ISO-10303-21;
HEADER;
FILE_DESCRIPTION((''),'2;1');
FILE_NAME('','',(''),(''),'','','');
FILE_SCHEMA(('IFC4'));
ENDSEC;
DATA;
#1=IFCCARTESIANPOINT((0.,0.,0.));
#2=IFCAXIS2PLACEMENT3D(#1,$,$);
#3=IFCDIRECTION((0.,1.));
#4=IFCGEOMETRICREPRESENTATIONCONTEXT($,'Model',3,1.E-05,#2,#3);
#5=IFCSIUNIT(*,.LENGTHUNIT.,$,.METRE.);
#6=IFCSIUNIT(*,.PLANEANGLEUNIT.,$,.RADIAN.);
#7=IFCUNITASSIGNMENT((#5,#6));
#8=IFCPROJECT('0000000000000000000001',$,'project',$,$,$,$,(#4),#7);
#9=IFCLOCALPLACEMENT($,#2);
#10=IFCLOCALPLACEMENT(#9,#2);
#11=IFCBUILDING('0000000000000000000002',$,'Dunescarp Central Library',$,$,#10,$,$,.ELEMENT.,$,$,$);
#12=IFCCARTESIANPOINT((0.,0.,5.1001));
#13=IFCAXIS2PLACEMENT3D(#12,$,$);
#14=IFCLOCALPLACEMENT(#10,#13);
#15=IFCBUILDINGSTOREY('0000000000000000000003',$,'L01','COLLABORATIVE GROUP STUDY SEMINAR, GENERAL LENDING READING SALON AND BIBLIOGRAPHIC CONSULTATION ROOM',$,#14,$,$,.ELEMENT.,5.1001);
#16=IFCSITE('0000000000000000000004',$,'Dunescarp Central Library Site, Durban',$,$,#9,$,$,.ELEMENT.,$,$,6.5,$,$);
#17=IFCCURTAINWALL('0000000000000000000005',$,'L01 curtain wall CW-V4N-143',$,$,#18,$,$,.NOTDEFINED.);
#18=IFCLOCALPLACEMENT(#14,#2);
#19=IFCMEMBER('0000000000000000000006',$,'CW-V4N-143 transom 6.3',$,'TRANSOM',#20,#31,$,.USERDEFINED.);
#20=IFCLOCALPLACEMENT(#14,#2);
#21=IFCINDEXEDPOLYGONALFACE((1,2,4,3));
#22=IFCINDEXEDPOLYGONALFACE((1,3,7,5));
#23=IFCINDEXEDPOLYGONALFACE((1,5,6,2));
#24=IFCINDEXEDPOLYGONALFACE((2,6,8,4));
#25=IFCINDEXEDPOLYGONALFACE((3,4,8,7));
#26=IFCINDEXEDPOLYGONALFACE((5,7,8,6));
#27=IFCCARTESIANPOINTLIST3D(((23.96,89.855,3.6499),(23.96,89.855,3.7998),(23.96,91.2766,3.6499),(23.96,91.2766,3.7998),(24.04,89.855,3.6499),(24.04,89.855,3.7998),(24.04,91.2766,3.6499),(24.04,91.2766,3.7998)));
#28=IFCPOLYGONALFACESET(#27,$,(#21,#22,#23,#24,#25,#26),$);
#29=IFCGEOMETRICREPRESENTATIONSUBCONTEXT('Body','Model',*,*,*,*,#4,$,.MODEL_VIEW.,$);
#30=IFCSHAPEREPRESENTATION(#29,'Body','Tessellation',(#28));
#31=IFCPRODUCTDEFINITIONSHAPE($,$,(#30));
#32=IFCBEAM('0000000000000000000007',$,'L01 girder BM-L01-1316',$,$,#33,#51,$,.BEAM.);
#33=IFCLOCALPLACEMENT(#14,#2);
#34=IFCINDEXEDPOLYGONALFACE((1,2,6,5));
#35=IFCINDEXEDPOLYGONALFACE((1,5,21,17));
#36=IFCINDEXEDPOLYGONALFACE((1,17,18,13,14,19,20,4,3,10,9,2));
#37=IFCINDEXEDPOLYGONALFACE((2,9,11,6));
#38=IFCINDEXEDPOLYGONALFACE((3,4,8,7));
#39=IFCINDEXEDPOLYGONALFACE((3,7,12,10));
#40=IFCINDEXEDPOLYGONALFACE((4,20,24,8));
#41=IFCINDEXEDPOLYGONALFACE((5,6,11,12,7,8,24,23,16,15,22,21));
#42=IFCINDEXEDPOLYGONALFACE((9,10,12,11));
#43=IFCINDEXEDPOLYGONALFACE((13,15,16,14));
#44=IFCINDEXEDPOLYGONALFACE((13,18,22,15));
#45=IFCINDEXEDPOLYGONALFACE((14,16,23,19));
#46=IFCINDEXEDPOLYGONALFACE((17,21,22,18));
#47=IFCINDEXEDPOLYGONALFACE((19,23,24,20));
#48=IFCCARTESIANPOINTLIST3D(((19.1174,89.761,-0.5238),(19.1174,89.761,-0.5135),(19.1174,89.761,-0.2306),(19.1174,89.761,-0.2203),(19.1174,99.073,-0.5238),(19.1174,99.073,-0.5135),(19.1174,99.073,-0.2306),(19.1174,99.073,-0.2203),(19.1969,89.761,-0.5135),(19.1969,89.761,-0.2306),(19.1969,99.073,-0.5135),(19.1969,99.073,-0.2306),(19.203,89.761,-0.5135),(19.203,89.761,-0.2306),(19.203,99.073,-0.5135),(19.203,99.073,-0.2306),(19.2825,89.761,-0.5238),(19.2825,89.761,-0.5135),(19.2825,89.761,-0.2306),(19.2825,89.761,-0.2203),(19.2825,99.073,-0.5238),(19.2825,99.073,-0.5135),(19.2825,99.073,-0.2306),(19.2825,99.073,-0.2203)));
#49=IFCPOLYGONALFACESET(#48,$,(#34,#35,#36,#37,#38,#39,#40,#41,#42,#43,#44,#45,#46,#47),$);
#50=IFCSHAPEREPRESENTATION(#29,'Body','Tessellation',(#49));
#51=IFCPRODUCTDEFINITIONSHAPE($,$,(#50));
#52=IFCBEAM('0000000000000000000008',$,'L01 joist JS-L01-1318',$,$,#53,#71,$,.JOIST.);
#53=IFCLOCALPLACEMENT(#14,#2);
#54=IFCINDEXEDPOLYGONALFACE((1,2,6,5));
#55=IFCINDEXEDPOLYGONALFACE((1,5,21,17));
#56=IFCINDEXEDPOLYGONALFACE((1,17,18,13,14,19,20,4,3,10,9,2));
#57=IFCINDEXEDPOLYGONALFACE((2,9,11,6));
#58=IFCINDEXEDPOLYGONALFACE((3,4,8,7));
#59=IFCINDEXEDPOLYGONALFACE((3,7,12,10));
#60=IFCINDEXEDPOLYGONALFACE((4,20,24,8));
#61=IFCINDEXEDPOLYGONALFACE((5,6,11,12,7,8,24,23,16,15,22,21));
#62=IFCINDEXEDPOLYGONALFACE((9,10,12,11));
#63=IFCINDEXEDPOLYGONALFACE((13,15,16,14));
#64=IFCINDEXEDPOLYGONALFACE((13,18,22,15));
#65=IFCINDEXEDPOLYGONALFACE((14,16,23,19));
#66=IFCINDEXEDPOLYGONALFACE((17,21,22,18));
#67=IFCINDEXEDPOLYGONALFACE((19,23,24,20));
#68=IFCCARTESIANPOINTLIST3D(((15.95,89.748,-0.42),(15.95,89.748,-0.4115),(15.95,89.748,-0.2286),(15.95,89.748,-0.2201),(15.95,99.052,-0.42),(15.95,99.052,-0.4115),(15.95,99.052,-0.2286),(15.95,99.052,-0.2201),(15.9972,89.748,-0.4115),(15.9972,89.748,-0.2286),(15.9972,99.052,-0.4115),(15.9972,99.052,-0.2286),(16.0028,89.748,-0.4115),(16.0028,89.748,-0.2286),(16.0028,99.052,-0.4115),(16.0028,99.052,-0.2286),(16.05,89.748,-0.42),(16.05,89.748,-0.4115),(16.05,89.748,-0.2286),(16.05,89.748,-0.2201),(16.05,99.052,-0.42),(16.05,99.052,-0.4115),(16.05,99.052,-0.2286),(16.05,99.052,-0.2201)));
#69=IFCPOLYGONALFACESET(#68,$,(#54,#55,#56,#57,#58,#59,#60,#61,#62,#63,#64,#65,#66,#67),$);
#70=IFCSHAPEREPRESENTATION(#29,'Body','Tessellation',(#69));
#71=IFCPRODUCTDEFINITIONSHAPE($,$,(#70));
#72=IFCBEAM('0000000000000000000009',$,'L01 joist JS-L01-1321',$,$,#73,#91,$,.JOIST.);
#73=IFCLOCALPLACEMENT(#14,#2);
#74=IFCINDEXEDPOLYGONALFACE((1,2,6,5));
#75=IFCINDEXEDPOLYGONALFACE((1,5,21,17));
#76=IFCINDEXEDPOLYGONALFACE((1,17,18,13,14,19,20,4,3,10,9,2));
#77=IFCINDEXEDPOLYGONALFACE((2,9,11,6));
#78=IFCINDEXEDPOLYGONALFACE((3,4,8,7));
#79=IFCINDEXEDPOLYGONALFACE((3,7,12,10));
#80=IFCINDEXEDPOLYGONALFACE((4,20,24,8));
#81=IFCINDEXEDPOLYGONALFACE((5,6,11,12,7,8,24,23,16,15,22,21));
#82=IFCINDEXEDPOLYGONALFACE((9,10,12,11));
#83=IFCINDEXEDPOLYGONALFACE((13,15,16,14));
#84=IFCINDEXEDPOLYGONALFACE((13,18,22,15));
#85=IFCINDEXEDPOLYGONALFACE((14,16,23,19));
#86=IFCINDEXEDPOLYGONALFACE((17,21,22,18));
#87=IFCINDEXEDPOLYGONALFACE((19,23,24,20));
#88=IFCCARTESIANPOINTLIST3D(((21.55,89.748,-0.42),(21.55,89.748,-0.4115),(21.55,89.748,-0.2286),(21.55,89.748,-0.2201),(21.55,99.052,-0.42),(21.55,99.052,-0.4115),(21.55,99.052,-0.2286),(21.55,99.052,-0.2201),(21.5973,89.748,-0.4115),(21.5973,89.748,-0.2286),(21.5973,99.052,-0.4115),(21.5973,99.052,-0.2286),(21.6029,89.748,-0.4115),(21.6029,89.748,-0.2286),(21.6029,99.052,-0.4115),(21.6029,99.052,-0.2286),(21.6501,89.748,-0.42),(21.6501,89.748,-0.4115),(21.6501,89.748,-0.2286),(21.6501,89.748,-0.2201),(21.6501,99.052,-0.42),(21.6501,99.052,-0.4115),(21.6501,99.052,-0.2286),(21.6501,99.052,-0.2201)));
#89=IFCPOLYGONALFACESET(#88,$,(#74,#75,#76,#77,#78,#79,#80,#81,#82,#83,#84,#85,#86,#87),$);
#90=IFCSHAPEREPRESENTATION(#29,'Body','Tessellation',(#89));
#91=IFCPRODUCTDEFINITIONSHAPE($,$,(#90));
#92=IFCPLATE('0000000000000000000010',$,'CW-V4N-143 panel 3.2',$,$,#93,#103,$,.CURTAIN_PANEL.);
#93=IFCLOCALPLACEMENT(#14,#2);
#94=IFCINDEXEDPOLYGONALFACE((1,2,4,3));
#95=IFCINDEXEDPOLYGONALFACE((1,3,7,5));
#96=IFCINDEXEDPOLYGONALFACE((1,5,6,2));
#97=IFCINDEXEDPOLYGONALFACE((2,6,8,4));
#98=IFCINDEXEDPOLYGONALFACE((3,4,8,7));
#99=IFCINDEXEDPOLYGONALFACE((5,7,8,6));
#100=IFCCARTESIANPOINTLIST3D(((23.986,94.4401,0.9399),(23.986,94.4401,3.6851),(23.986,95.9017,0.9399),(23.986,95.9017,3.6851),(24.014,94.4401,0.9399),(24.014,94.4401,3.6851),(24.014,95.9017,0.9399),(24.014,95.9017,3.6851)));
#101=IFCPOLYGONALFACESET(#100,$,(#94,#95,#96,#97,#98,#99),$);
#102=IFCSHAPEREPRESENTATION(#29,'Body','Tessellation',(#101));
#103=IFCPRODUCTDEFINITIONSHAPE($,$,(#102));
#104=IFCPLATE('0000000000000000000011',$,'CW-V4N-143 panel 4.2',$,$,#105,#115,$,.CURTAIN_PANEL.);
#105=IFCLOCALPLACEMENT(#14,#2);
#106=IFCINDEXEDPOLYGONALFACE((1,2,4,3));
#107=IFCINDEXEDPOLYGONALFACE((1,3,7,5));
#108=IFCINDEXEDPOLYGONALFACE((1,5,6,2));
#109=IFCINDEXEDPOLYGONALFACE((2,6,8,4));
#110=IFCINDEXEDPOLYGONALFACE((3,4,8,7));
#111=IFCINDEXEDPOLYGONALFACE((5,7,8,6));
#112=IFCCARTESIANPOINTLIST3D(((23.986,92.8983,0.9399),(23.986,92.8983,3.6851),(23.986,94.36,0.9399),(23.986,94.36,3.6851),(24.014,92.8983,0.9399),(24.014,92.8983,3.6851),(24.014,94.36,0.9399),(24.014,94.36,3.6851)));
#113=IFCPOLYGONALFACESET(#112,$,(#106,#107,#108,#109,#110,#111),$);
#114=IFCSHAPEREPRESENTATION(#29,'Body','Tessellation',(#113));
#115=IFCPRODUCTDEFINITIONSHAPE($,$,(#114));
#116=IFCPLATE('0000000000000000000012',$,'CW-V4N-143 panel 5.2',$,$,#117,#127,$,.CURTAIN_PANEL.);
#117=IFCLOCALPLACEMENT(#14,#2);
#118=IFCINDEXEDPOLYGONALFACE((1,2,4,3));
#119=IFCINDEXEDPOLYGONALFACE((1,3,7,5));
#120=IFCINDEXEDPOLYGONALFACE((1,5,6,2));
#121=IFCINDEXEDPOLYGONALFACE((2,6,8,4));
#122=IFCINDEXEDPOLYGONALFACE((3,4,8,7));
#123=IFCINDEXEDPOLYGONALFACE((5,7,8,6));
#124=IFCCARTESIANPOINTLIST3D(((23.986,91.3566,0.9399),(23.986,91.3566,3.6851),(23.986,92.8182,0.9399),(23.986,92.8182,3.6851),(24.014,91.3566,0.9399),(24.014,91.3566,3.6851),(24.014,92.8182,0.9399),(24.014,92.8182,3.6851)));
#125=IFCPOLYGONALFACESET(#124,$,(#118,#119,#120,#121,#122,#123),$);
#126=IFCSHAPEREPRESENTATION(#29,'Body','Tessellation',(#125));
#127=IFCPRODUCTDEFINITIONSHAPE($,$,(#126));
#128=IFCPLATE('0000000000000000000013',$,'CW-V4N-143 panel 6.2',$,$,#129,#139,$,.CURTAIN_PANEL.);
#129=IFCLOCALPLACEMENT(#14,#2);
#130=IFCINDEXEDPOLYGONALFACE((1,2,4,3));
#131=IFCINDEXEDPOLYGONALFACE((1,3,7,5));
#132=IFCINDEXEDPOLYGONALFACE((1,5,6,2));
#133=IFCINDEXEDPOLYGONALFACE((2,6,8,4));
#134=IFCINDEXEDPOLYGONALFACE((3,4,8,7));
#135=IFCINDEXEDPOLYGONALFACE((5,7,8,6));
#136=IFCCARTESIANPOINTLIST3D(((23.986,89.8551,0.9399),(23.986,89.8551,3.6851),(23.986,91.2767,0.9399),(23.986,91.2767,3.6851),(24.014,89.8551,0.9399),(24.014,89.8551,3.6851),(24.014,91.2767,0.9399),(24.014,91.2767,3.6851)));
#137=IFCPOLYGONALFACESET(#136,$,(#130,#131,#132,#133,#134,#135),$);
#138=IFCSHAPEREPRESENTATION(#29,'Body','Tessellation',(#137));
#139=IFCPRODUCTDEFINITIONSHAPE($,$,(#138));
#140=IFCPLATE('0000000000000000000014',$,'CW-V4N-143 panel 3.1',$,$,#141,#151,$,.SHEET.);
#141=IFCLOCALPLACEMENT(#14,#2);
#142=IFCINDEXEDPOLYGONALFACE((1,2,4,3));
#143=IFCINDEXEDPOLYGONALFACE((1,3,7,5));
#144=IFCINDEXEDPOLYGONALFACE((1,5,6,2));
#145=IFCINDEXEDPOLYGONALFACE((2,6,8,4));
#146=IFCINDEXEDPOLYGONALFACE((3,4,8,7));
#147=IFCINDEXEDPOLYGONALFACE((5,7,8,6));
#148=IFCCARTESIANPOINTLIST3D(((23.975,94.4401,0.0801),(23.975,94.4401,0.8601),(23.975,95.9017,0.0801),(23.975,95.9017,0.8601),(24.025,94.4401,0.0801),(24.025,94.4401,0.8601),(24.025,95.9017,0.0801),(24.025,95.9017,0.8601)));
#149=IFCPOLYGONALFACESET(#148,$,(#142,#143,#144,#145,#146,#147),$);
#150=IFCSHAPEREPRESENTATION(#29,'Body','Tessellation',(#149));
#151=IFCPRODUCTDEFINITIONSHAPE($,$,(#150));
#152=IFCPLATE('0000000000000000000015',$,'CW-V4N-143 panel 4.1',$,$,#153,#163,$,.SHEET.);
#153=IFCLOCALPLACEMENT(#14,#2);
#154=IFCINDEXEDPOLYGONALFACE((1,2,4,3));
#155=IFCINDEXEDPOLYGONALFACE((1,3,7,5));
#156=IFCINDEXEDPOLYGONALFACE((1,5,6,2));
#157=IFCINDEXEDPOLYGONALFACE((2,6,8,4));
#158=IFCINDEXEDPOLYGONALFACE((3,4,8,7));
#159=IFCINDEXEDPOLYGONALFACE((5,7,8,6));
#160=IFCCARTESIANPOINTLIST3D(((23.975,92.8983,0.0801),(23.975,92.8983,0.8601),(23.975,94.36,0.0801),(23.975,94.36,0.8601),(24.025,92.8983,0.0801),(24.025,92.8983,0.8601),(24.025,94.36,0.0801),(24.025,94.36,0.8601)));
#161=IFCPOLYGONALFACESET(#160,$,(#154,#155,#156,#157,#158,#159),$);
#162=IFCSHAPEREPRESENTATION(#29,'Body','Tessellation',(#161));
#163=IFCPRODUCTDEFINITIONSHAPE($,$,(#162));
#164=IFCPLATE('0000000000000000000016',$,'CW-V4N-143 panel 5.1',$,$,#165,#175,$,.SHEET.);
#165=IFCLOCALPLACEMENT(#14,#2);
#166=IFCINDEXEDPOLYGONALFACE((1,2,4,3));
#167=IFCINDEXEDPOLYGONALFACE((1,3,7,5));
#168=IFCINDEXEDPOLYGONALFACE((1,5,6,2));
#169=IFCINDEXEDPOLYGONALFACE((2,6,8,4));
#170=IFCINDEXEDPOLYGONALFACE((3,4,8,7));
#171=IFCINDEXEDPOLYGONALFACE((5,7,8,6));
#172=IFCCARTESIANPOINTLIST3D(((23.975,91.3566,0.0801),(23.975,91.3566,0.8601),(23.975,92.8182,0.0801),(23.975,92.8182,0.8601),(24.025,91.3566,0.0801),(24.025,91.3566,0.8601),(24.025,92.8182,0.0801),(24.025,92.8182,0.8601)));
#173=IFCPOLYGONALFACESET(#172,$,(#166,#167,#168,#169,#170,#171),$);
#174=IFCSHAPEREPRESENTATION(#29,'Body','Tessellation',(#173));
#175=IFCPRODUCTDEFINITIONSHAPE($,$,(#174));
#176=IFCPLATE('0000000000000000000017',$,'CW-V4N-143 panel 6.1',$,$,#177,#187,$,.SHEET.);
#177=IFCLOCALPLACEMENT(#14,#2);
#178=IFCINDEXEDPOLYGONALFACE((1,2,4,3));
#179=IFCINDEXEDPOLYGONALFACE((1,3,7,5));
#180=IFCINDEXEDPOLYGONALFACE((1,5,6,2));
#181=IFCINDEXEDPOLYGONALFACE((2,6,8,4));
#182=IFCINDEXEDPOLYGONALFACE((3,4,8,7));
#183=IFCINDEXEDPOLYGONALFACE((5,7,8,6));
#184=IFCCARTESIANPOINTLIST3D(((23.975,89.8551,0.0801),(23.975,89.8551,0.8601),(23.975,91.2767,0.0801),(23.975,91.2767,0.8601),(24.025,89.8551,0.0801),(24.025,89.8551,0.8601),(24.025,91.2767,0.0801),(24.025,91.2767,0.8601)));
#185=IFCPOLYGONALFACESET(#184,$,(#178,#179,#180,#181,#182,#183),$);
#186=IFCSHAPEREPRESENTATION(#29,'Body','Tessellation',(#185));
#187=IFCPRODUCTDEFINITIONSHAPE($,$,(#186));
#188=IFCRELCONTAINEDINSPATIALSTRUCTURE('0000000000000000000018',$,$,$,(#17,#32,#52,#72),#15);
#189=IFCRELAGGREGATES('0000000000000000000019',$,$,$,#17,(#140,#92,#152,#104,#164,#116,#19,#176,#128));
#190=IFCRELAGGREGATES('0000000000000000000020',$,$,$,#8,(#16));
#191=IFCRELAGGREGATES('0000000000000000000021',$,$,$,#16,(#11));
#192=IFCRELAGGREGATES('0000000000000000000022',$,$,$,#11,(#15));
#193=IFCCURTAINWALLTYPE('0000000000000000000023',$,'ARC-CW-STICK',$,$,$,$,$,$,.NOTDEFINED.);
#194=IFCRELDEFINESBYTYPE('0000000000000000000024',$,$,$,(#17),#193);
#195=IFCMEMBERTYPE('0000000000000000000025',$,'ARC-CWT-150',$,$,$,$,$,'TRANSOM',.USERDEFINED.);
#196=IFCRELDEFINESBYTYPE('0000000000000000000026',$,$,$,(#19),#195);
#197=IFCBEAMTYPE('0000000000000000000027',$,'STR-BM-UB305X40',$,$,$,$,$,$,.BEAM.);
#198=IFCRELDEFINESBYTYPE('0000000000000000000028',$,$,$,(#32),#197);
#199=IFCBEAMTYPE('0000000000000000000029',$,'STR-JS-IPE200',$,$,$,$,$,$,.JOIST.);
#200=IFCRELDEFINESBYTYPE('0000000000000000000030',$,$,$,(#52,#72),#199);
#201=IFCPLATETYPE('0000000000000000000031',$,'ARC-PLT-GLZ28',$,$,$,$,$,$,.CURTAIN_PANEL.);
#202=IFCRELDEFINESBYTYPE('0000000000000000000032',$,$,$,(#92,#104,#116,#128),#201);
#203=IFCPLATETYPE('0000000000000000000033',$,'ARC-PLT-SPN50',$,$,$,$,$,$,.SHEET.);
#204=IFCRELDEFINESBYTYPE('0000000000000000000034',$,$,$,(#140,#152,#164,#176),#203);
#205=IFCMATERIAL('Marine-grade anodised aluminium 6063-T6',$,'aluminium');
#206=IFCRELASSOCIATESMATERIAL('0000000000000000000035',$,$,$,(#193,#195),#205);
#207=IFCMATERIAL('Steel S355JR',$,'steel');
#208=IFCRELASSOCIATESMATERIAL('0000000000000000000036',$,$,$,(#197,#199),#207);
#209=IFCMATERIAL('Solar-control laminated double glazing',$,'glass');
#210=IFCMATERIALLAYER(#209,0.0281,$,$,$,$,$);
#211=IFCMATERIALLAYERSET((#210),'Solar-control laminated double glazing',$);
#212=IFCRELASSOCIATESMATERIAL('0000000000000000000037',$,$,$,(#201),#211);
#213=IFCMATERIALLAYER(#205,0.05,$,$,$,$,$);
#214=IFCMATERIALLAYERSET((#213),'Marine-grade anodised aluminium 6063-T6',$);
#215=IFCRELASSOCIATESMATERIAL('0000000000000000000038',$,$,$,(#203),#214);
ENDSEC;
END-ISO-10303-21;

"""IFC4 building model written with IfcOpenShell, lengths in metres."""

from ifc_helpers import new_model, si_unit, direction, frame, origin, origin_2d, place, context, subcontext, project, spatial, rectangle, i_section, extrude, material, layer, layer_set, material_profile, profile_set, type_object, element, aggregate, save


model = new_model("IFC4")

# Units and contexts
model_context = context("Model", 3, precision=1e-05, world=origin(), true_north=direction((0.0, 1.0)))
body_context = subcontext(model_context, "Body", "Model", "MODEL_VIEW")
ifc_project = project(units=[si_unit("LENGTHUNIT", "METRE"), si_unit("PLANEANGLEUNIT", "RADIAN")], contexts=[model_context])

# Site, building, storey
site_placement = place(None, origin())
site = spatial("IfcSite", under=ifc_project, at=site_placement, Name="Dunescarp Central Library Site, Durban", CompositionType="ELEMENT", RefElevation=6.5)
building_placement = place(site_placement, origin())
building = spatial("IfcBuilding", under=site, at=building_placement, Name="Dunescarp Central Library", CompositionType="ELEMENT")
storey_placement = place(building_placement, frame((0.0, 0.0, 5.1001)))
storey = spatial("IfcBuildingStorey", under=building, at=storey_placement, Name="L01", Description="COLLABORATIVE GROUP STUDY SEMINAR, GENERAL LENDING READING SALON AND BIBLIOGRAPHIC CONSULTATION ROOM", CompositionType="ELEMENT", Elevation=5.1001)

# Curtain wall, member
ifc_material_1 = material(Name="Marine-grade anodised aluminium 6063-T6", Category="aluminium")
curtain_wall_type = type_object("IfcCurtainWallType", Name="ARC-CW-STICK", PredefinedType="NOTDEFINED", material=ifc_material_1)
curtain_wall_placement = place(storey_placement, origin())
curtain_wall = element("IfcCurtainWall", 1, at=curtain_wall_placement, inside=storey, type_object=curtain_wall_type, Name="L01 curtain wall CW-V4N-143", PredefinedType="NOTDEFINED")
ifc_material_profile_1 = material_profile(ifc_material_1, rectangle(XDim=0.0801, YDim=0.1499, at=origin_2d()), Name="AL 80x150")
ifc_profile_set_1 = profile_set([ifc_material_profile_1], Name="Marine-grade anodised aluminium 6063-T6")
member_type_1 = type_object("IfcMemberType", Name="ARC-CWT-150", ElementType="TRANSOM", PredefinedType="USERDEFINED", material=ifc_profile_set_1)
member_1_placement = place(storey_placement, frame((24.0, 91.2766, 3.7249), z_axis=(0.0, -1.0, 0.0), x_axis=(1.0, 0.0, 0.0)))
member_1 = element("IfcMember", 2, at=member_1_placement, type_object=member_type_1, Name="CW-V4N-143 transom 6.3", ObjectType="TRANSOM", PredefinedType="USERDEFINED", context=body_context, shape_type="SweptSolid", body=[
    extrude(rectangle(XDim=0.0801, YDim=0.1499, at=origin_2d()), origin(), (0.0, 0.0, 1.0), 1.4216),
])

# Beams
ifc_material_2 = material(Name="Steel S355JR", Category="steel")
ifc_material_profile_2 = material_profile(ifc_material_2, i_section(OverallWidth=0.165, OverallDepth=0.3035, WebThickness=0.0061, FlangeThickness=0.0103, at=origin_2d()), Name="UB 305x165x40")
ifc_profile_set_2 = profile_set([ifc_material_profile_2], Name="Steel S355JR")
beam_type_1 = type_object("IfcBeamType", Name="STR-BM-UB305X40", PredefinedType="BEAM", material=ifc_profile_set_2)
beam_placement = place(storey_placement, frame((19.2, 89.761, -0.3721), z_axis=(0.0, 1.0, 0.0), x_axis=(-1.0, 0.0, 0.0)))
element("IfcBeam", 3, at=beam_placement, inside=storey, type_object=beam_type_1, Name="L01 girder BM-L01-1316", PredefinedType="BEAM", context=body_context, shape_type="SweptSolid", body=[
    extrude(i_section(OverallWidth=0.165, OverallDepth=0.3035, WebThickness=0.0061, FlangeThickness=0.0103, at=origin_2d()), origin(), (0.0, 0.0, 1.0), 9.312),
])
ifc_material_profile_3 = material_profile(ifc_material_2, i_section(OverallWidth=0.1001, OverallDepth=0.2, WebThickness=0.0056, FlangeThickness=0.0085, at=origin_2d()), Name="IPE 200")
ifc_profile_set_3 = profile_set([ifc_material_profile_3], Name="Steel S355JR")
beam_type_2 = type_object("IfcBeamType", Name="STR-JS-IPE200", PredefinedType="JOIST", material=ifc_profile_set_3)
for number, where, z_axis, x_axis, name in (
    (4, (16.0, 89.748, -0.3201), (0.0, 1.0, 0.0), (-1.0, 0.0, 0.0), "L01 joist JS-L01-1318"),
    (5, (21.6001, 89.748, -0.3201), (0.0, 1.0, 0.0), (-1.0, 0.0, 0.0), "L01 joist JS-L01-1321"),
):
    element("IfcBeam", number, at=place(storey_placement, frame(where, z_axis=z_axis, x_axis=x_axis)), inside=storey, type_object=beam_type_2, Name=name, PredefinedType="JOIST", context=body_context, shape_type="SweptSolid", body=[
        extrude(i_section(OverallWidth=0.1001, OverallDepth=0.2, WebThickness=0.0056, FlangeThickness=0.0085, at=origin_2d()), origin(), (0.0, 0.0, 1.0), 9.304),
    ])

# Plates
ifc_material_3 = material(Name="Solar-control laminated double glazing", Category="glass")
ifc_layer_1 = layer(ifc_material_3, 0.0281)
ifc_layer_set_1 = layer_set([ifc_layer_1], Name="Solar-control laminated double glazing")
plate_type_1 = type_object("IfcPlateType", Name="ARC-PLT-GLZ28", PredefinedType="CURTAIN_PANEL", material=ifc_layer_set_1)
plate_1_placement = place(storey_placement, frame((24.0, 95.1709, 0.9399), z_axis=(0.0, 0.0, 1.0), x_axis=(0.0, -1.0, 0.0)))
plate_1 = element("IfcPlate", 6, at=plate_1_placement, type_object=plate_type_1, Name="CW-V4N-143 panel 3.2", PredefinedType="CURTAIN_PANEL", context=body_context, shape_type="SweptSolid", body=[
    extrude(rectangle(XDim=1.4617, YDim=0.0281, at=origin_2d()), origin(), (0.0, 0.0, 1.0), 2.7451),
])
plate_2_placement = place(storey_placement, frame((24.0, 93.6292, 0.9399), z_axis=(0.0, 0.0, 1.0), x_axis=(0.0, -1.0, 0.0)))
plate_2 = element("IfcPlate", 7, at=plate_2_placement, type_object=plate_type_1, Name="CW-V4N-143 panel 4.2", PredefinedType="CURTAIN_PANEL", context=body_context, shape_type="SweptSolid", body=[
    extrude(rectangle(XDim=1.4617, YDim=0.0281, at=origin_2d()), origin(), (0.0, 0.0, 1.0), 2.7451),
])
plate_3_placement = place(storey_placement, frame((24.0, 92.0874, 0.9399), z_axis=(0.0, 0.0, 1.0), x_axis=(0.0, -1.0, 0.0)))
plate_3 = element("IfcPlate", 8, at=plate_3_placement, type_object=plate_type_1, Name="CW-V4N-143 panel 5.2", PredefinedType="CURTAIN_PANEL", context=body_context, shape_type="SweptSolid", body=[
    extrude(rectangle(XDim=1.4617, YDim=0.0281, at=origin_2d()), origin(), (0.0, 0.0, 1.0), 2.7451),
])
plate_4_placement = place(storey_placement, frame((24.0, 90.5659, 0.9399), z_axis=(0.0, 0.0, 1.0), x_axis=(0.0, -1.0, 0.0)))
plate_4 = element("IfcPlate", 9, at=plate_4_placement, type_object=plate_type_1, Name="CW-V4N-143 panel 6.2", PredefinedType="CURTAIN_PANEL", context=body_context, shape_type="SweptSolid", body=[
    extrude(rectangle(XDim=1.4216, YDim=0.0281, at=origin_2d()), origin(), (0.0, 0.0, 1.0), 2.7451),
])
ifc_layer_2 = layer(ifc_material_1, 0.05)
ifc_layer_set_2 = layer_set([ifc_layer_2], Name="Marine-grade anodised aluminium 6063-T6")
plate_type_2 = type_object("IfcPlateType", Name="ARC-PLT-SPN50", PredefinedType="SHEET", material=ifc_layer_set_2)
plate_5_placement = place(storey_placement, frame((24.0, 95.1709, 0.0801), z_axis=(0.0, 0.0, 1.0), x_axis=(0.0, -1.0, 0.0)))
plate_5 = element("IfcPlate", 10, at=plate_5_placement, type_object=plate_type_2, Name="CW-V4N-143 panel 3.1", PredefinedType="SHEET", context=body_context, shape_type="SweptSolid", body=[
    extrude(rectangle(XDim=1.4617, YDim=0.05, at=origin_2d()), origin(), (0.0, 0.0, 1.0), 0.78),
])
plate_6_placement = place(storey_placement, frame((24.0, 93.6292, 0.0801), z_axis=(0.0, 0.0, 1.0), x_axis=(0.0, -1.0, 0.0)))
plate_6 = element("IfcPlate", 11, at=plate_6_placement, type_object=plate_type_2, Name="CW-V4N-143 panel 4.1", PredefinedType="SHEET", context=body_context, shape_type="SweptSolid", body=[
    extrude(rectangle(XDim=1.4617, YDim=0.05, at=origin_2d()), origin(), (0.0, 0.0, 1.0), 0.78),
])
plate_7_placement = place(storey_placement, frame((24.0, 92.0874, 0.0801), z_axis=(0.0, 0.0, 1.0), x_axis=(0.0, -1.0, 0.0)))
plate_7 = element("IfcPlate", 12, at=plate_7_placement, type_object=plate_type_2, Name="CW-V4N-143 panel 5.1", PredefinedType="SHEET", context=body_context, shape_type="SweptSolid", body=[
    extrude(rectangle(XDim=1.4617, YDim=0.05, at=origin_2d()), origin(), (0.0, 0.0, 1.0), 0.78),
])
plate_8_placement = place(storey_placement, frame((24.0, 90.5659, 0.0801), z_axis=(0.0, 0.0, 1.0), x_axis=(0.0, -1.0, 0.0)))
plate_8 = element("IfcPlate", 13, at=plate_8_placement, type_object=plate_type_2, Name="CW-V4N-143 panel 6.1", PredefinedType="SHEET", context=body_context, shape_type="SweptSolid", body=[
    extrude(rectangle(XDim=1.4216, YDim=0.05, at=origin_2d()), origin(), (0.0, 0.0, 1.0), 0.78),
])
aggregate(curtain_wall, [plate_5, plate_1, plate_6, plate_2, plate_7, plate_3, member_1, plate_8, plate_4])

save(model, "model.ifc")
